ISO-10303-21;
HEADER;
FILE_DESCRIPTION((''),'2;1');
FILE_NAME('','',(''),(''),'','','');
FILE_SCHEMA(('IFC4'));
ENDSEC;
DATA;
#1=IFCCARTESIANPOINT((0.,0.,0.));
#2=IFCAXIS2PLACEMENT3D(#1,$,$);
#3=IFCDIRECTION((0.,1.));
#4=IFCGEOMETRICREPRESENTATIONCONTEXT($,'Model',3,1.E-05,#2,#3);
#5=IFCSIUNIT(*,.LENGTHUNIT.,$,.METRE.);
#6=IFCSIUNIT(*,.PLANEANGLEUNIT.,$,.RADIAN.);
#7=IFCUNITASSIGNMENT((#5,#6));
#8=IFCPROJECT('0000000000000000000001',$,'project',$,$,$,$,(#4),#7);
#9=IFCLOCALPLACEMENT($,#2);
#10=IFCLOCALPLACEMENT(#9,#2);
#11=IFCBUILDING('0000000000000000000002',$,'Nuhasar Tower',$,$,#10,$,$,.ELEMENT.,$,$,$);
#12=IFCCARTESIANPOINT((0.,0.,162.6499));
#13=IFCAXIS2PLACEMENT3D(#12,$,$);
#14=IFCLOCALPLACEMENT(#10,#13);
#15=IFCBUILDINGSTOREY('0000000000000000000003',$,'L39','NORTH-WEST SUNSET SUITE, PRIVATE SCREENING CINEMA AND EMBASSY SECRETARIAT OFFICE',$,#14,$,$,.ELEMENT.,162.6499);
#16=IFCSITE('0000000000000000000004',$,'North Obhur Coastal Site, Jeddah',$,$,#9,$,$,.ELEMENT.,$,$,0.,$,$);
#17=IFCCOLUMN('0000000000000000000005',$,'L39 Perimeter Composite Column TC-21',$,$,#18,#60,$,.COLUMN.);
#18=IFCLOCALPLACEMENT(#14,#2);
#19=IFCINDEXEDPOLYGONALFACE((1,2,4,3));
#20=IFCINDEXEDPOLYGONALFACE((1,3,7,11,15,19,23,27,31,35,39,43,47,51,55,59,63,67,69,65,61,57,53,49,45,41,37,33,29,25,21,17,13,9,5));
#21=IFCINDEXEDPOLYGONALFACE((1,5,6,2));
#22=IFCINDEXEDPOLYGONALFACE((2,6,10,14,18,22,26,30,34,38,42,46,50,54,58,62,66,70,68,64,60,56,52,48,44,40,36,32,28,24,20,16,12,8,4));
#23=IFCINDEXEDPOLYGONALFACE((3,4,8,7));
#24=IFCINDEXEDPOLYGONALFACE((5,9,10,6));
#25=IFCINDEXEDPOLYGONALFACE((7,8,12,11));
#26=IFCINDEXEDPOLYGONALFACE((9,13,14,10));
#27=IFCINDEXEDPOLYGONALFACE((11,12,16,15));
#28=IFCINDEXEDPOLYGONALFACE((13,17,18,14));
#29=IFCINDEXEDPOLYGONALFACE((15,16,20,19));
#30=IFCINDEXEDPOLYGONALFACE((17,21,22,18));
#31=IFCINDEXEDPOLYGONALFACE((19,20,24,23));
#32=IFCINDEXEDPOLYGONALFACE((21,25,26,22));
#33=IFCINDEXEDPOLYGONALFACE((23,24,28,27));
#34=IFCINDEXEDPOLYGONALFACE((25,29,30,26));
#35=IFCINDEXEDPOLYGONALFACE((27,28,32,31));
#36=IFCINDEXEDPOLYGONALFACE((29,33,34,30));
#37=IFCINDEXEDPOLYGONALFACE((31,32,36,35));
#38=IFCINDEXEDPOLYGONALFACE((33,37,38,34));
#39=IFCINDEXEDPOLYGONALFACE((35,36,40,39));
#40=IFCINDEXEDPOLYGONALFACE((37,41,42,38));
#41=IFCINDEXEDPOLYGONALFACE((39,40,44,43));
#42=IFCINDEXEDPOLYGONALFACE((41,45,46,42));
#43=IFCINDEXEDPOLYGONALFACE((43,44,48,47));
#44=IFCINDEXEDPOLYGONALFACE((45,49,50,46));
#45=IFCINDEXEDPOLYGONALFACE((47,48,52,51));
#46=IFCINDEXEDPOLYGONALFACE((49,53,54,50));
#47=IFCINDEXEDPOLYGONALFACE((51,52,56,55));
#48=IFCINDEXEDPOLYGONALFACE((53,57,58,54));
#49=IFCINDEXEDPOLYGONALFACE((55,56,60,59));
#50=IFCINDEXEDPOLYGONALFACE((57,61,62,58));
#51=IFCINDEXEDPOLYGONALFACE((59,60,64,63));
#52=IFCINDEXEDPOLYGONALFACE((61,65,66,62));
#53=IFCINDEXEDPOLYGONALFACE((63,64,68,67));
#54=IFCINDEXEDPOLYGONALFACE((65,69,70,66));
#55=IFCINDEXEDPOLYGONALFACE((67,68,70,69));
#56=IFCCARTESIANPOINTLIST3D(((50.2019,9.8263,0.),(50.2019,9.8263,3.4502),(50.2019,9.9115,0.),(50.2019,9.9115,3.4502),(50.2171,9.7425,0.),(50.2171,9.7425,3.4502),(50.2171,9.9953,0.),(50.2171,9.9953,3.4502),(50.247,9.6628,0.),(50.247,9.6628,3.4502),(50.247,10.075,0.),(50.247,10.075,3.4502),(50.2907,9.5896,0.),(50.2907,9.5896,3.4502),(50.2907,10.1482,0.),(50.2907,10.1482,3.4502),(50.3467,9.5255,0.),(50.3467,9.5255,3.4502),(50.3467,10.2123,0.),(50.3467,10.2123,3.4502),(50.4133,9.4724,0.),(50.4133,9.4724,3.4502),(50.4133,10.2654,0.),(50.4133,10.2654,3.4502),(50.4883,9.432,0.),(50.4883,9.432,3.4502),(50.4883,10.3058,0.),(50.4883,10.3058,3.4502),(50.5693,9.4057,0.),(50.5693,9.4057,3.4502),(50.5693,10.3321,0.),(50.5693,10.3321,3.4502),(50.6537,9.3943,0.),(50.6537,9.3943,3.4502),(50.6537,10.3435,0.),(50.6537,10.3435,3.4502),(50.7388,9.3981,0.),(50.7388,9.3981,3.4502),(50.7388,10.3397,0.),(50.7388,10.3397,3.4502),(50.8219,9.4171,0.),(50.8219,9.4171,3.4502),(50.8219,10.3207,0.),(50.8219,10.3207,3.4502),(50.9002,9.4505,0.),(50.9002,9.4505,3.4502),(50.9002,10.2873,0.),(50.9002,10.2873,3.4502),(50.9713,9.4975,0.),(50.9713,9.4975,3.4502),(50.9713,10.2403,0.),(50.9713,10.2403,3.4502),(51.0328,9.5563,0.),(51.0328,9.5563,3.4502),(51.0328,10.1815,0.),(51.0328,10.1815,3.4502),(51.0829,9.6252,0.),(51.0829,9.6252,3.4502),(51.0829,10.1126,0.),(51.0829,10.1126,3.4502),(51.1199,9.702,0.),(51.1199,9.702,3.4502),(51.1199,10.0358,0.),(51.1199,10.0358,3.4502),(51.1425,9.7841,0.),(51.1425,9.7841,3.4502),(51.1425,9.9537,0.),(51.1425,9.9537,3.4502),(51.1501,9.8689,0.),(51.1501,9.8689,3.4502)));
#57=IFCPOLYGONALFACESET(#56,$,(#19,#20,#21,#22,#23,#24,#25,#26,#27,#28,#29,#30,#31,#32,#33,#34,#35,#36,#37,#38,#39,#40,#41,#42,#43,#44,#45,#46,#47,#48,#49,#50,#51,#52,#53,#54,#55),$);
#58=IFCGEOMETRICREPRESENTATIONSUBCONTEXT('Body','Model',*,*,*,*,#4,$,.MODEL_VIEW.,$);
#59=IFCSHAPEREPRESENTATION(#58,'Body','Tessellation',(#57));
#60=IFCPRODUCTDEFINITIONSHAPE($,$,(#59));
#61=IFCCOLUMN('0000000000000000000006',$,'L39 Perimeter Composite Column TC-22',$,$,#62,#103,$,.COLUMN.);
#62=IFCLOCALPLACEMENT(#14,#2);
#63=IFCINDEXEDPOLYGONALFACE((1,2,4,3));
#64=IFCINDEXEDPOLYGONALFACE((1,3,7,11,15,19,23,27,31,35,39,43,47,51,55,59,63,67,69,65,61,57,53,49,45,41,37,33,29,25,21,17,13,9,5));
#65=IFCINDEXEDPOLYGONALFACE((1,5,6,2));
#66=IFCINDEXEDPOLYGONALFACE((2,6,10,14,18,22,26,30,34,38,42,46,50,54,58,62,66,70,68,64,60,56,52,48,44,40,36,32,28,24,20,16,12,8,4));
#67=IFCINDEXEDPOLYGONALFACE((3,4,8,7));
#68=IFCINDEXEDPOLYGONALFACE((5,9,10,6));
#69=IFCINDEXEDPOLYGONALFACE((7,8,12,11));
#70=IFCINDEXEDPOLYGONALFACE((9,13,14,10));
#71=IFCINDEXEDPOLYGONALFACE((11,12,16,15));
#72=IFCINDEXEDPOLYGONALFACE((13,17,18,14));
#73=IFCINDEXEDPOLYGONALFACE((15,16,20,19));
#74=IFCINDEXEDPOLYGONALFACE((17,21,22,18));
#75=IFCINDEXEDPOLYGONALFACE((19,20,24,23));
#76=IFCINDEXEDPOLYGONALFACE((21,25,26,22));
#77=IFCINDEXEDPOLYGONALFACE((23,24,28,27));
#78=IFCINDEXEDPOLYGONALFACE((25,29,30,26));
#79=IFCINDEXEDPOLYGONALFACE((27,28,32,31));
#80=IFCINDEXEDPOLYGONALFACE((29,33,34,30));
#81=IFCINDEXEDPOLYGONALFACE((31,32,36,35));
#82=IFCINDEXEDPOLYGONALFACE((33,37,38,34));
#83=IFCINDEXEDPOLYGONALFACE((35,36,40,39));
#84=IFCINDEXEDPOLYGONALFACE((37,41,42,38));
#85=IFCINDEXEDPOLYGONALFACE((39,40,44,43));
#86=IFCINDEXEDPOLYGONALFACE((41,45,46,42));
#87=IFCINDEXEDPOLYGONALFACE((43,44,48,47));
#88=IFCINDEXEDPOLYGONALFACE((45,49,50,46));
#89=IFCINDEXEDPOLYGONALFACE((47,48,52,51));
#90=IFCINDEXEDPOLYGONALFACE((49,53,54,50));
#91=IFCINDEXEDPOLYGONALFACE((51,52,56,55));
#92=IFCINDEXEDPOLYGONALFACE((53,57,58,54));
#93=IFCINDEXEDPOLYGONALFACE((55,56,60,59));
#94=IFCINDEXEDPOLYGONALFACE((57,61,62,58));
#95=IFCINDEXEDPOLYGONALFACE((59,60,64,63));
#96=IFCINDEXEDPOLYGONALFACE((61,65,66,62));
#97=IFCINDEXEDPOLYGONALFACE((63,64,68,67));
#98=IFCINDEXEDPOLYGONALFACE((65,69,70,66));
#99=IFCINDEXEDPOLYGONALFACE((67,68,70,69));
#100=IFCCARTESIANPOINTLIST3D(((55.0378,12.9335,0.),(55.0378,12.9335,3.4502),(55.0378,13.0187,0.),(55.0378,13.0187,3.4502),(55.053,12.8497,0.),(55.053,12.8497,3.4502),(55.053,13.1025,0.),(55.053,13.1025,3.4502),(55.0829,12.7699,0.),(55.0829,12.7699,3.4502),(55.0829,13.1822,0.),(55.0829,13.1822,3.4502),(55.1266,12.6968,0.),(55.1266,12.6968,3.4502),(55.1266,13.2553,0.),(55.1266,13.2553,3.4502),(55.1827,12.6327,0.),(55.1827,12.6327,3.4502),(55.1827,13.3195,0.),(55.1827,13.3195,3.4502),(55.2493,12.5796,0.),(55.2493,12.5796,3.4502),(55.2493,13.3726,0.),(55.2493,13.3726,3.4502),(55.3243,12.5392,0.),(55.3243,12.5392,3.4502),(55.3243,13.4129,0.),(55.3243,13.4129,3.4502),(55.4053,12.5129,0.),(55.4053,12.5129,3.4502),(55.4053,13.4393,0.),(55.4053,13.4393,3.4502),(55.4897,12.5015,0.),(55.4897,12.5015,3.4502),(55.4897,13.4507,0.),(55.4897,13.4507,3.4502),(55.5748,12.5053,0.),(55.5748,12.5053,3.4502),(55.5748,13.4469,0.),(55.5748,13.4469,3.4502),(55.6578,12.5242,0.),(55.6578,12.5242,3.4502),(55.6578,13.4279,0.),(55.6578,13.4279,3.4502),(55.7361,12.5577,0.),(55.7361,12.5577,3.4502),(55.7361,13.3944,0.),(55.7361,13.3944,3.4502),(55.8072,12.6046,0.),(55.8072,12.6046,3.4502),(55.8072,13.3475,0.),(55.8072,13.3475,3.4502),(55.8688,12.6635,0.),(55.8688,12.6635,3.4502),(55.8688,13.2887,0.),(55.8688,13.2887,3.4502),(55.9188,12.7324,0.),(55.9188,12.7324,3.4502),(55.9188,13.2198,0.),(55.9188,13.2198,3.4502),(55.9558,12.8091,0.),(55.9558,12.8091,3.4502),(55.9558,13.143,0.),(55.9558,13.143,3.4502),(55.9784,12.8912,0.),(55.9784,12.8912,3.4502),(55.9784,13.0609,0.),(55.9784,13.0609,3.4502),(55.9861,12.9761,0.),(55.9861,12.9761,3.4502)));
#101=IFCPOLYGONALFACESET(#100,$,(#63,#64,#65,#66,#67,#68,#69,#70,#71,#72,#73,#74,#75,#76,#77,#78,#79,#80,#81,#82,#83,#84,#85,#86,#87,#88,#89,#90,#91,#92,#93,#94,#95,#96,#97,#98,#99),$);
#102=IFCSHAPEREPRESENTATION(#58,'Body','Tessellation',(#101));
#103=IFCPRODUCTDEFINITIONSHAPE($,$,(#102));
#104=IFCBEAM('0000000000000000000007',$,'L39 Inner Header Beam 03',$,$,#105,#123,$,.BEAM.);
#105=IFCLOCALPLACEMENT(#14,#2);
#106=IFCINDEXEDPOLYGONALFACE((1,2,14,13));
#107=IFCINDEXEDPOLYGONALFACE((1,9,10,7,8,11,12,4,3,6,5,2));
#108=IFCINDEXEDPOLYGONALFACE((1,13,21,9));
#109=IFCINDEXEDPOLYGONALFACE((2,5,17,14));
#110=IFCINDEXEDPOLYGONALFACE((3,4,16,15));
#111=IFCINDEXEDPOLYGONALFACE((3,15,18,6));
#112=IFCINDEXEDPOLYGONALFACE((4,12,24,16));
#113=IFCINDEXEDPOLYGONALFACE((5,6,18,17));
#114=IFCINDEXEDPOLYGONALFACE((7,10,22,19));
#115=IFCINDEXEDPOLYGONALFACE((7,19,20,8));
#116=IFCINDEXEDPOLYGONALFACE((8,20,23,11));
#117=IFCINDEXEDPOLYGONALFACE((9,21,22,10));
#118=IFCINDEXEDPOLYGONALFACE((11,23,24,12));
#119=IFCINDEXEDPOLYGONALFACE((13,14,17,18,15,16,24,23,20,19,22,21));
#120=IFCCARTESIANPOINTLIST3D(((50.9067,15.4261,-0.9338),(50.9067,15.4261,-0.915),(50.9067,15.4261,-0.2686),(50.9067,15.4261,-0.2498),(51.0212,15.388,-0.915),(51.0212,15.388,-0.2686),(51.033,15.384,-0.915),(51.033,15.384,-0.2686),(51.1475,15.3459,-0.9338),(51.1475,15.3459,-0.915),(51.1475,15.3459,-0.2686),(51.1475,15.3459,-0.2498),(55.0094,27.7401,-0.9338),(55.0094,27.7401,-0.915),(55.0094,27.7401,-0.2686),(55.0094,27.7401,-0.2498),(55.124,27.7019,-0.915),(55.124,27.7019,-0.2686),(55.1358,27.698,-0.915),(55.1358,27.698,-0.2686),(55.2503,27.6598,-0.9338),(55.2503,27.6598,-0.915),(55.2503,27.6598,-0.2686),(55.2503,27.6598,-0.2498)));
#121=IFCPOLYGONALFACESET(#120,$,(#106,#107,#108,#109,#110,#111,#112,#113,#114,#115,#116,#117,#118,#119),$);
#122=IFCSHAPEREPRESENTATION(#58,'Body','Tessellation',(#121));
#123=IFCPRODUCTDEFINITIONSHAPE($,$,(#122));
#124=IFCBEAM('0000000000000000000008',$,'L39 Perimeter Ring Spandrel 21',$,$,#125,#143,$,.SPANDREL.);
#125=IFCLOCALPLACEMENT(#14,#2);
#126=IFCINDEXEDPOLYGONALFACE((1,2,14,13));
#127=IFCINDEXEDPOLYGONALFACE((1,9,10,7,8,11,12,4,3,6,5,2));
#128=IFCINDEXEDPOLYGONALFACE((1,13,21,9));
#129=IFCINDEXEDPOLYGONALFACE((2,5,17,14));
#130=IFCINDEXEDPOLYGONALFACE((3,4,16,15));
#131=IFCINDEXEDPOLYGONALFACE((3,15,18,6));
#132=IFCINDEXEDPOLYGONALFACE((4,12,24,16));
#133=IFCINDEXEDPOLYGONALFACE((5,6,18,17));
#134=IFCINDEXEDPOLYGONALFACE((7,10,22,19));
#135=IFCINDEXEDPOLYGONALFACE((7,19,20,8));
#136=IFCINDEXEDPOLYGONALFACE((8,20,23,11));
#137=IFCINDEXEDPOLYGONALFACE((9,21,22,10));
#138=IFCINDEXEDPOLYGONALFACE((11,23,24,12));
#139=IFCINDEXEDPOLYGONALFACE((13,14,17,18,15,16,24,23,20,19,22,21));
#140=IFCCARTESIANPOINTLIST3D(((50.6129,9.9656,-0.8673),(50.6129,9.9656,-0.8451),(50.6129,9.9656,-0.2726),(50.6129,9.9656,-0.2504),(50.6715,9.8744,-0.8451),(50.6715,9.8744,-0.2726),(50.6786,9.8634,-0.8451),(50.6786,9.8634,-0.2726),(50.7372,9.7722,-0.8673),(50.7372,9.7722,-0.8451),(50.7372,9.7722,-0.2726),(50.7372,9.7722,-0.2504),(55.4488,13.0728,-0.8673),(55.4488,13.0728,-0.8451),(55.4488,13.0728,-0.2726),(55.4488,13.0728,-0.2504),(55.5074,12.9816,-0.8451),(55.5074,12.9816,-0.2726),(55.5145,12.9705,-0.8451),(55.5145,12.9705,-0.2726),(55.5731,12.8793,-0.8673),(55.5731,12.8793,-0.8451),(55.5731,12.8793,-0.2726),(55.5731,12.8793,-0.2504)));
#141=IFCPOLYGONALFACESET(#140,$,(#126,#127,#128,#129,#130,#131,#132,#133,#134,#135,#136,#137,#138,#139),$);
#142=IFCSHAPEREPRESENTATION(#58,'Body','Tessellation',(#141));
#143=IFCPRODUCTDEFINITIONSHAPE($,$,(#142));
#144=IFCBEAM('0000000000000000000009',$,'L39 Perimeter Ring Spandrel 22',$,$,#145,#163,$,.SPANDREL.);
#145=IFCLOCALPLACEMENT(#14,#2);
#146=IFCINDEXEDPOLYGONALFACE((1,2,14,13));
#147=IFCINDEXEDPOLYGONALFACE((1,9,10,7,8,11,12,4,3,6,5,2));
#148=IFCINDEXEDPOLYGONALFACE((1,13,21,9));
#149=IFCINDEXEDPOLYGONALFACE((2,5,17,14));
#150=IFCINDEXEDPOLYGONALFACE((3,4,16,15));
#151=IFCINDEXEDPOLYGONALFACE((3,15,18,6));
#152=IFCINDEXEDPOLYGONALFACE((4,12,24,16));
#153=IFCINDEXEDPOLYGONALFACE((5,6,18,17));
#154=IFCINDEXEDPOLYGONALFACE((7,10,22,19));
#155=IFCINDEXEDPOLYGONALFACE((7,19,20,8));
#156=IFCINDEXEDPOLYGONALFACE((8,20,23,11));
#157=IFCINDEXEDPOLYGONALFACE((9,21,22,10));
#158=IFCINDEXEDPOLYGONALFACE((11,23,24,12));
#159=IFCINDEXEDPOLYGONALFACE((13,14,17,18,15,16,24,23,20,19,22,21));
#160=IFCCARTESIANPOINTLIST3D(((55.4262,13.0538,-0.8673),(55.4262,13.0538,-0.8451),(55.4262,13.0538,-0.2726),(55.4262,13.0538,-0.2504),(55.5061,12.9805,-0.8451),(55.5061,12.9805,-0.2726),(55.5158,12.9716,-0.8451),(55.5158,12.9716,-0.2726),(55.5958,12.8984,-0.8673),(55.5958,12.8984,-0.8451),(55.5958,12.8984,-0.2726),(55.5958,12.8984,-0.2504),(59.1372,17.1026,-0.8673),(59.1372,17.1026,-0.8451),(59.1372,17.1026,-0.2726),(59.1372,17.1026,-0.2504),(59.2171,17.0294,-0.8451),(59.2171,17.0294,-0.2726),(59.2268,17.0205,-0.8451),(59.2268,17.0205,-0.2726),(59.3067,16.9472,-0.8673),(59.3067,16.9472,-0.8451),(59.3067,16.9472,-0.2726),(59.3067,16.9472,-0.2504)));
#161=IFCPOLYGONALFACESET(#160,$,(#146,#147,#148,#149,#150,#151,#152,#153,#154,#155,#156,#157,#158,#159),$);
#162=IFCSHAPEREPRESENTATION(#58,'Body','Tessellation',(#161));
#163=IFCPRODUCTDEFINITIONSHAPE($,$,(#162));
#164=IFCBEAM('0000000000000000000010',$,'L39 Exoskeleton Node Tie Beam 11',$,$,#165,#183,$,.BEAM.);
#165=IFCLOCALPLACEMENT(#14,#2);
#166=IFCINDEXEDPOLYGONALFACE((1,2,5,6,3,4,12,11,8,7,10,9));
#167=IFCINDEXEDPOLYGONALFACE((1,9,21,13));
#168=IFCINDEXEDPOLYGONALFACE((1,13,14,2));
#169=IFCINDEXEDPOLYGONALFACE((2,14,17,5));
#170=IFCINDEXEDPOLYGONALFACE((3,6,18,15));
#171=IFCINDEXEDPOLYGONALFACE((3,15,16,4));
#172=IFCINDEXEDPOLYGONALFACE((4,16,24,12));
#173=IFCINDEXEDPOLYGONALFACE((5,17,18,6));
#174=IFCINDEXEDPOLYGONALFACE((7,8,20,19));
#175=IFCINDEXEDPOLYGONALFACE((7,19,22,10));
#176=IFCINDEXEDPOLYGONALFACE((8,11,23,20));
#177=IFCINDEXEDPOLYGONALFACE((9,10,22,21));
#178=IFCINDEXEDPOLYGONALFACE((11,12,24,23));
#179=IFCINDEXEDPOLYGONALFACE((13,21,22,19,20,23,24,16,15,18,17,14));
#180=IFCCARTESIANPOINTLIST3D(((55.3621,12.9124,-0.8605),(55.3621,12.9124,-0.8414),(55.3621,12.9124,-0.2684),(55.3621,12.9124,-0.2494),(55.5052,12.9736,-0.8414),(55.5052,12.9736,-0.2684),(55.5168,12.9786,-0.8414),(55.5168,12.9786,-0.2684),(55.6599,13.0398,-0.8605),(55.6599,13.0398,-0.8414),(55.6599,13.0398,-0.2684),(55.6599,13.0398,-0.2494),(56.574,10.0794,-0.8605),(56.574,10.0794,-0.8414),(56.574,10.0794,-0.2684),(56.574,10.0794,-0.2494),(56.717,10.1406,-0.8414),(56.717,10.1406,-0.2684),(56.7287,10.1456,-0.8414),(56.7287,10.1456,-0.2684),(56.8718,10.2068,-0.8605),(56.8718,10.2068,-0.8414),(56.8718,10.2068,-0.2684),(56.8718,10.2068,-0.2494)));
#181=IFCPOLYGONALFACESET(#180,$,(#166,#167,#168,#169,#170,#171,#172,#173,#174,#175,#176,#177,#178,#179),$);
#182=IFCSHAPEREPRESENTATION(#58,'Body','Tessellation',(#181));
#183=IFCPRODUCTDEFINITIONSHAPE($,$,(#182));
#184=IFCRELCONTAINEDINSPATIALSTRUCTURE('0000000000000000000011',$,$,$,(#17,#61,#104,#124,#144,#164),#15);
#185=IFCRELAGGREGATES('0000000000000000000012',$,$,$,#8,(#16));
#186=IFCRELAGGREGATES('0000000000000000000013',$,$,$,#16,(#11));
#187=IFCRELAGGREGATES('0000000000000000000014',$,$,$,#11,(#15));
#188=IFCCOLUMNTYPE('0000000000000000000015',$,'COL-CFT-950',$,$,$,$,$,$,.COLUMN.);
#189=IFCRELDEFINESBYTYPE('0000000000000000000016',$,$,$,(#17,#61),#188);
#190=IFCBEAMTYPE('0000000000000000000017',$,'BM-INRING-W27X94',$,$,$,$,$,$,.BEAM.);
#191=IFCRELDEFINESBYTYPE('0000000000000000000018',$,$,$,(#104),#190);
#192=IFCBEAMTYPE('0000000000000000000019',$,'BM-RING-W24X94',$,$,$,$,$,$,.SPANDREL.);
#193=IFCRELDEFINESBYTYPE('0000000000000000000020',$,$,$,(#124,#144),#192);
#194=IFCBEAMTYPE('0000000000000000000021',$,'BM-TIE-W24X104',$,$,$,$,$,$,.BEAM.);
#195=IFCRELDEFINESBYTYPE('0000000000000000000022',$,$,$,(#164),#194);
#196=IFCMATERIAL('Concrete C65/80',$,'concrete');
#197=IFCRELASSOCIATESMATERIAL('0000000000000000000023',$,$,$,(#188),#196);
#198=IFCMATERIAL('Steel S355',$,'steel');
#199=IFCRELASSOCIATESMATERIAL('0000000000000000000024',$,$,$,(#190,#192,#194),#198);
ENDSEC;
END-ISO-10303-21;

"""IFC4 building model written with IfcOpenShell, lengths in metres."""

from ifc_helpers import new_model, si_unit, direction, frame, origin, origin_2d, place, context, subcontext, project, spatial, circle, i_section, extrude, material, material_profile, profile_set, type_object, element, save


model = new_model("IFC4")

# Units and contexts
model_context = context("Model", 3, precision=1e-05, world=origin(), true_north=direction((0.0, 1.0)))
body_context = subcontext(model_context, "Body", "Model", "MODEL_VIEW")
ifc_project = project(units=[si_unit("LENGTHUNIT", "METRE"), si_unit("PLANEANGLEUNIT", "RADIAN")], contexts=[model_context])

# Site, building, storey
site_placement = place(None, origin())
site = spatial("IfcSite", under=ifc_project, at=site_placement, Name="North Obhur Coastal Site, Jeddah", CompositionType="ELEMENT", RefElevation=0.0)
building_placement = place(site_placement, origin())
building = spatial("IfcBuilding", under=site, at=building_placement, Name="Nuhasar Tower", CompositionType="ELEMENT")
storey_placement = place(building_placement, frame((0.0, 0.0, 162.6499)))
storey = spatial("IfcBuildingStorey", under=building, at=storey_placement, Name="L39", Description="NORTH-WEST SUNSET SUITE, PRIVATE SCREENING CINEMA AND EMBASSY SECRETARIAT OFFICE", CompositionType="ELEMENT", Elevation=162.6499)

# Columns
ifc_material_1 = material(Name="Concrete C65/80", Category="concrete")
ifc_material_profile_1 = material_profile(ifc_material_1, circle(Radius=0.4751, at=origin_2d()), Name="CFT950")
ifc_profile_set_1 = profile_set([ifc_material_profile_1], Name="Concrete C65/80")
column_type = type_object("IfcColumnType", Name="COL-CFT-950", PredefinedType="COLUMN", material=ifc_profile_set_1)
for number, where, z_axis, x_axis, name in (
    (1, (50.675, 9.8689, 0.0), (0.0, 0.0, 1.0), (1.0, 0.0, 0.0), "L39 Perimeter Composite Column TC-21"),
    (2, (55.511, 12.9761, 0.0), (0.0, 0.0, 1.0), (1.0, 0.0, 0.0), "L39 Perimeter Composite Column TC-22"),
):
    element("IfcColumn", number, at=place(storey_placement, frame(where, z_axis=z_axis, x_axis=x_axis)), inside=storey, type_object=column_type, Name=name, PredefinedType="COLUMN", context=body_context, shape_type="SweptSolid", body=[
        extrude(circle(Radius=0.4751, at=origin_2d()), origin(), (0.0, 0.0, 1.0), 3.4502),
    ])

# Beams
ifc_material_2 = material(Name="Steel S355", Category="steel")
ifc_material_profile_2 = material_profile(ifc_material_2, i_section(OverallWidth=0.2539, OverallDepth=0.6841, WebThickness=0.0125, FlangeThickness=0.0188, at=origin_2d()), Name="W27X94")
ifc_profile_set_2 = profile_set([ifc_material_profile_2], Name="Steel S355")
beam_type_1 = type_object("IfcBeamType", Name="BM-INRING-W27X94", PredefinedType="BEAM", material=ifc_profile_set_2)
beam_1_placement = place(storey_placement, frame((51.0271, 15.386, -0.5918), z_axis=(0.316098, 0.948727, 0.0), x_axis=(-0.948727, 0.316098, 0.0)))
element("IfcBeam", 3, at=beam_1_placement, inside=storey, type_object=beam_type_1, Name="L39 Inner Header Beam 03", PredefinedType="BEAM", context=body_context, shape_type="SweptSolid", body=[
    extrude(i_section(OverallWidth=0.2539, OverallDepth=0.6841, WebThickness=0.0125, FlangeThickness=0.0188, at=origin_2d()), origin(), (0.0, 0.0, 1.0), 12.9795),
])
ifc_material_profile_3 = material_profile(ifc_material_2, i_section(OverallWidth=0.23, OverallDepth=0.6169, WebThickness=0.0132, FlangeThickness=0.0222, at=origin_2d()), Name="W24X94")
ifc_profile_set_3 = profile_set([ifc_material_profile_3], Name="Steel S355")
beam_type_2 = type_object("IfcBeamType", Name="BM-RING-W24X94", PredefinedType="SPANDREL", material=ifc_profile_set_3)
beam_2_placement = place(storey_placement, frame((50.675, 9.8689, -0.5588), z_axis=(0.841308, 0.540556, 0.0), x_axis=(-0.540556, 0.841308, 0.0)))
element("IfcBeam", 4, at=beam_2_placement, inside=storey, type_object=beam_type_2, Name="L39 Perimeter Ring Spandrel 21", PredefinedType="SPANDREL", context=body_context, shape_type="SweptSolid", body=[
    extrude(i_section(OverallWidth=0.23, OverallDepth=0.6169, WebThickness=0.0132, FlangeThickness=0.0222, at=origin_2d()), origin(), (0.0, 0.0, 1.0), 5.748),
])
beam_3_placement = place(storey_placement, frame((55.511, 12.9761, -0.5588), z_axis=(0.675676, 0.737198, 0.0), x_axis=(-0.737198, 0.675676, 0.0)))
element("IfcBeam", 5, at=beam_3_placement, inside=storey, type_object=beam_type_2, Name="L39 Perimeter Ring Spandrel 22", PredefinedType="SPANDREL", context=body_context, shape_type="SweptSolid", body=[
    extrude(i_section(OverallWidth=0.23, OverallDepth=0.6169, WebThickness=0.0132, FlangeThickness=0.0222, at=origin_2d()), origin(), (0.0, 0.0, 1.0), 5.4922),
])
ifc_material_profile_4 = material_profile(ifc_material_2, i_section(OverallWidth=0.324, OverallDepth=0.6111, WebThickness=0.0127, FlangeThickness=0.019, at=origin_2d()), Name="W24X104")
ifc_profile_set_4 = profile_set([ifc_material_profile_4], Name="Steel S355")
beam_type_3 = type_object("IfcBeamType", Name="BM-TIE-W24X104", PredefinedType="BEAM", material=ifc_profile_set_4)
beam_4_placement = place(storey_placement, frame((55.511, 12.9761, -0.5549), z_axis=(0.393307, -0.919407, 0.0), x_axis=(0.919407, 0.393307, 0.0)))
element("IfcBeam", 6, at=beam_4_placement, inside=storey, type_object=beam_type_3, Name="L39 Exoskeleton Node Tie Beam 11", PredefinedType="BEAM", context=body_context, shape_type="SweptSolid", body=[
    extrude(i_section(OverallWidth=0.324, OverallDepth=0.6111, WebThickness=0.0127, FlangeThickness=0.019, at=origin_2d()), origin(), (0.0, 0.0, 1.0), 3.0813),
])

save(model, "model.ifc")
